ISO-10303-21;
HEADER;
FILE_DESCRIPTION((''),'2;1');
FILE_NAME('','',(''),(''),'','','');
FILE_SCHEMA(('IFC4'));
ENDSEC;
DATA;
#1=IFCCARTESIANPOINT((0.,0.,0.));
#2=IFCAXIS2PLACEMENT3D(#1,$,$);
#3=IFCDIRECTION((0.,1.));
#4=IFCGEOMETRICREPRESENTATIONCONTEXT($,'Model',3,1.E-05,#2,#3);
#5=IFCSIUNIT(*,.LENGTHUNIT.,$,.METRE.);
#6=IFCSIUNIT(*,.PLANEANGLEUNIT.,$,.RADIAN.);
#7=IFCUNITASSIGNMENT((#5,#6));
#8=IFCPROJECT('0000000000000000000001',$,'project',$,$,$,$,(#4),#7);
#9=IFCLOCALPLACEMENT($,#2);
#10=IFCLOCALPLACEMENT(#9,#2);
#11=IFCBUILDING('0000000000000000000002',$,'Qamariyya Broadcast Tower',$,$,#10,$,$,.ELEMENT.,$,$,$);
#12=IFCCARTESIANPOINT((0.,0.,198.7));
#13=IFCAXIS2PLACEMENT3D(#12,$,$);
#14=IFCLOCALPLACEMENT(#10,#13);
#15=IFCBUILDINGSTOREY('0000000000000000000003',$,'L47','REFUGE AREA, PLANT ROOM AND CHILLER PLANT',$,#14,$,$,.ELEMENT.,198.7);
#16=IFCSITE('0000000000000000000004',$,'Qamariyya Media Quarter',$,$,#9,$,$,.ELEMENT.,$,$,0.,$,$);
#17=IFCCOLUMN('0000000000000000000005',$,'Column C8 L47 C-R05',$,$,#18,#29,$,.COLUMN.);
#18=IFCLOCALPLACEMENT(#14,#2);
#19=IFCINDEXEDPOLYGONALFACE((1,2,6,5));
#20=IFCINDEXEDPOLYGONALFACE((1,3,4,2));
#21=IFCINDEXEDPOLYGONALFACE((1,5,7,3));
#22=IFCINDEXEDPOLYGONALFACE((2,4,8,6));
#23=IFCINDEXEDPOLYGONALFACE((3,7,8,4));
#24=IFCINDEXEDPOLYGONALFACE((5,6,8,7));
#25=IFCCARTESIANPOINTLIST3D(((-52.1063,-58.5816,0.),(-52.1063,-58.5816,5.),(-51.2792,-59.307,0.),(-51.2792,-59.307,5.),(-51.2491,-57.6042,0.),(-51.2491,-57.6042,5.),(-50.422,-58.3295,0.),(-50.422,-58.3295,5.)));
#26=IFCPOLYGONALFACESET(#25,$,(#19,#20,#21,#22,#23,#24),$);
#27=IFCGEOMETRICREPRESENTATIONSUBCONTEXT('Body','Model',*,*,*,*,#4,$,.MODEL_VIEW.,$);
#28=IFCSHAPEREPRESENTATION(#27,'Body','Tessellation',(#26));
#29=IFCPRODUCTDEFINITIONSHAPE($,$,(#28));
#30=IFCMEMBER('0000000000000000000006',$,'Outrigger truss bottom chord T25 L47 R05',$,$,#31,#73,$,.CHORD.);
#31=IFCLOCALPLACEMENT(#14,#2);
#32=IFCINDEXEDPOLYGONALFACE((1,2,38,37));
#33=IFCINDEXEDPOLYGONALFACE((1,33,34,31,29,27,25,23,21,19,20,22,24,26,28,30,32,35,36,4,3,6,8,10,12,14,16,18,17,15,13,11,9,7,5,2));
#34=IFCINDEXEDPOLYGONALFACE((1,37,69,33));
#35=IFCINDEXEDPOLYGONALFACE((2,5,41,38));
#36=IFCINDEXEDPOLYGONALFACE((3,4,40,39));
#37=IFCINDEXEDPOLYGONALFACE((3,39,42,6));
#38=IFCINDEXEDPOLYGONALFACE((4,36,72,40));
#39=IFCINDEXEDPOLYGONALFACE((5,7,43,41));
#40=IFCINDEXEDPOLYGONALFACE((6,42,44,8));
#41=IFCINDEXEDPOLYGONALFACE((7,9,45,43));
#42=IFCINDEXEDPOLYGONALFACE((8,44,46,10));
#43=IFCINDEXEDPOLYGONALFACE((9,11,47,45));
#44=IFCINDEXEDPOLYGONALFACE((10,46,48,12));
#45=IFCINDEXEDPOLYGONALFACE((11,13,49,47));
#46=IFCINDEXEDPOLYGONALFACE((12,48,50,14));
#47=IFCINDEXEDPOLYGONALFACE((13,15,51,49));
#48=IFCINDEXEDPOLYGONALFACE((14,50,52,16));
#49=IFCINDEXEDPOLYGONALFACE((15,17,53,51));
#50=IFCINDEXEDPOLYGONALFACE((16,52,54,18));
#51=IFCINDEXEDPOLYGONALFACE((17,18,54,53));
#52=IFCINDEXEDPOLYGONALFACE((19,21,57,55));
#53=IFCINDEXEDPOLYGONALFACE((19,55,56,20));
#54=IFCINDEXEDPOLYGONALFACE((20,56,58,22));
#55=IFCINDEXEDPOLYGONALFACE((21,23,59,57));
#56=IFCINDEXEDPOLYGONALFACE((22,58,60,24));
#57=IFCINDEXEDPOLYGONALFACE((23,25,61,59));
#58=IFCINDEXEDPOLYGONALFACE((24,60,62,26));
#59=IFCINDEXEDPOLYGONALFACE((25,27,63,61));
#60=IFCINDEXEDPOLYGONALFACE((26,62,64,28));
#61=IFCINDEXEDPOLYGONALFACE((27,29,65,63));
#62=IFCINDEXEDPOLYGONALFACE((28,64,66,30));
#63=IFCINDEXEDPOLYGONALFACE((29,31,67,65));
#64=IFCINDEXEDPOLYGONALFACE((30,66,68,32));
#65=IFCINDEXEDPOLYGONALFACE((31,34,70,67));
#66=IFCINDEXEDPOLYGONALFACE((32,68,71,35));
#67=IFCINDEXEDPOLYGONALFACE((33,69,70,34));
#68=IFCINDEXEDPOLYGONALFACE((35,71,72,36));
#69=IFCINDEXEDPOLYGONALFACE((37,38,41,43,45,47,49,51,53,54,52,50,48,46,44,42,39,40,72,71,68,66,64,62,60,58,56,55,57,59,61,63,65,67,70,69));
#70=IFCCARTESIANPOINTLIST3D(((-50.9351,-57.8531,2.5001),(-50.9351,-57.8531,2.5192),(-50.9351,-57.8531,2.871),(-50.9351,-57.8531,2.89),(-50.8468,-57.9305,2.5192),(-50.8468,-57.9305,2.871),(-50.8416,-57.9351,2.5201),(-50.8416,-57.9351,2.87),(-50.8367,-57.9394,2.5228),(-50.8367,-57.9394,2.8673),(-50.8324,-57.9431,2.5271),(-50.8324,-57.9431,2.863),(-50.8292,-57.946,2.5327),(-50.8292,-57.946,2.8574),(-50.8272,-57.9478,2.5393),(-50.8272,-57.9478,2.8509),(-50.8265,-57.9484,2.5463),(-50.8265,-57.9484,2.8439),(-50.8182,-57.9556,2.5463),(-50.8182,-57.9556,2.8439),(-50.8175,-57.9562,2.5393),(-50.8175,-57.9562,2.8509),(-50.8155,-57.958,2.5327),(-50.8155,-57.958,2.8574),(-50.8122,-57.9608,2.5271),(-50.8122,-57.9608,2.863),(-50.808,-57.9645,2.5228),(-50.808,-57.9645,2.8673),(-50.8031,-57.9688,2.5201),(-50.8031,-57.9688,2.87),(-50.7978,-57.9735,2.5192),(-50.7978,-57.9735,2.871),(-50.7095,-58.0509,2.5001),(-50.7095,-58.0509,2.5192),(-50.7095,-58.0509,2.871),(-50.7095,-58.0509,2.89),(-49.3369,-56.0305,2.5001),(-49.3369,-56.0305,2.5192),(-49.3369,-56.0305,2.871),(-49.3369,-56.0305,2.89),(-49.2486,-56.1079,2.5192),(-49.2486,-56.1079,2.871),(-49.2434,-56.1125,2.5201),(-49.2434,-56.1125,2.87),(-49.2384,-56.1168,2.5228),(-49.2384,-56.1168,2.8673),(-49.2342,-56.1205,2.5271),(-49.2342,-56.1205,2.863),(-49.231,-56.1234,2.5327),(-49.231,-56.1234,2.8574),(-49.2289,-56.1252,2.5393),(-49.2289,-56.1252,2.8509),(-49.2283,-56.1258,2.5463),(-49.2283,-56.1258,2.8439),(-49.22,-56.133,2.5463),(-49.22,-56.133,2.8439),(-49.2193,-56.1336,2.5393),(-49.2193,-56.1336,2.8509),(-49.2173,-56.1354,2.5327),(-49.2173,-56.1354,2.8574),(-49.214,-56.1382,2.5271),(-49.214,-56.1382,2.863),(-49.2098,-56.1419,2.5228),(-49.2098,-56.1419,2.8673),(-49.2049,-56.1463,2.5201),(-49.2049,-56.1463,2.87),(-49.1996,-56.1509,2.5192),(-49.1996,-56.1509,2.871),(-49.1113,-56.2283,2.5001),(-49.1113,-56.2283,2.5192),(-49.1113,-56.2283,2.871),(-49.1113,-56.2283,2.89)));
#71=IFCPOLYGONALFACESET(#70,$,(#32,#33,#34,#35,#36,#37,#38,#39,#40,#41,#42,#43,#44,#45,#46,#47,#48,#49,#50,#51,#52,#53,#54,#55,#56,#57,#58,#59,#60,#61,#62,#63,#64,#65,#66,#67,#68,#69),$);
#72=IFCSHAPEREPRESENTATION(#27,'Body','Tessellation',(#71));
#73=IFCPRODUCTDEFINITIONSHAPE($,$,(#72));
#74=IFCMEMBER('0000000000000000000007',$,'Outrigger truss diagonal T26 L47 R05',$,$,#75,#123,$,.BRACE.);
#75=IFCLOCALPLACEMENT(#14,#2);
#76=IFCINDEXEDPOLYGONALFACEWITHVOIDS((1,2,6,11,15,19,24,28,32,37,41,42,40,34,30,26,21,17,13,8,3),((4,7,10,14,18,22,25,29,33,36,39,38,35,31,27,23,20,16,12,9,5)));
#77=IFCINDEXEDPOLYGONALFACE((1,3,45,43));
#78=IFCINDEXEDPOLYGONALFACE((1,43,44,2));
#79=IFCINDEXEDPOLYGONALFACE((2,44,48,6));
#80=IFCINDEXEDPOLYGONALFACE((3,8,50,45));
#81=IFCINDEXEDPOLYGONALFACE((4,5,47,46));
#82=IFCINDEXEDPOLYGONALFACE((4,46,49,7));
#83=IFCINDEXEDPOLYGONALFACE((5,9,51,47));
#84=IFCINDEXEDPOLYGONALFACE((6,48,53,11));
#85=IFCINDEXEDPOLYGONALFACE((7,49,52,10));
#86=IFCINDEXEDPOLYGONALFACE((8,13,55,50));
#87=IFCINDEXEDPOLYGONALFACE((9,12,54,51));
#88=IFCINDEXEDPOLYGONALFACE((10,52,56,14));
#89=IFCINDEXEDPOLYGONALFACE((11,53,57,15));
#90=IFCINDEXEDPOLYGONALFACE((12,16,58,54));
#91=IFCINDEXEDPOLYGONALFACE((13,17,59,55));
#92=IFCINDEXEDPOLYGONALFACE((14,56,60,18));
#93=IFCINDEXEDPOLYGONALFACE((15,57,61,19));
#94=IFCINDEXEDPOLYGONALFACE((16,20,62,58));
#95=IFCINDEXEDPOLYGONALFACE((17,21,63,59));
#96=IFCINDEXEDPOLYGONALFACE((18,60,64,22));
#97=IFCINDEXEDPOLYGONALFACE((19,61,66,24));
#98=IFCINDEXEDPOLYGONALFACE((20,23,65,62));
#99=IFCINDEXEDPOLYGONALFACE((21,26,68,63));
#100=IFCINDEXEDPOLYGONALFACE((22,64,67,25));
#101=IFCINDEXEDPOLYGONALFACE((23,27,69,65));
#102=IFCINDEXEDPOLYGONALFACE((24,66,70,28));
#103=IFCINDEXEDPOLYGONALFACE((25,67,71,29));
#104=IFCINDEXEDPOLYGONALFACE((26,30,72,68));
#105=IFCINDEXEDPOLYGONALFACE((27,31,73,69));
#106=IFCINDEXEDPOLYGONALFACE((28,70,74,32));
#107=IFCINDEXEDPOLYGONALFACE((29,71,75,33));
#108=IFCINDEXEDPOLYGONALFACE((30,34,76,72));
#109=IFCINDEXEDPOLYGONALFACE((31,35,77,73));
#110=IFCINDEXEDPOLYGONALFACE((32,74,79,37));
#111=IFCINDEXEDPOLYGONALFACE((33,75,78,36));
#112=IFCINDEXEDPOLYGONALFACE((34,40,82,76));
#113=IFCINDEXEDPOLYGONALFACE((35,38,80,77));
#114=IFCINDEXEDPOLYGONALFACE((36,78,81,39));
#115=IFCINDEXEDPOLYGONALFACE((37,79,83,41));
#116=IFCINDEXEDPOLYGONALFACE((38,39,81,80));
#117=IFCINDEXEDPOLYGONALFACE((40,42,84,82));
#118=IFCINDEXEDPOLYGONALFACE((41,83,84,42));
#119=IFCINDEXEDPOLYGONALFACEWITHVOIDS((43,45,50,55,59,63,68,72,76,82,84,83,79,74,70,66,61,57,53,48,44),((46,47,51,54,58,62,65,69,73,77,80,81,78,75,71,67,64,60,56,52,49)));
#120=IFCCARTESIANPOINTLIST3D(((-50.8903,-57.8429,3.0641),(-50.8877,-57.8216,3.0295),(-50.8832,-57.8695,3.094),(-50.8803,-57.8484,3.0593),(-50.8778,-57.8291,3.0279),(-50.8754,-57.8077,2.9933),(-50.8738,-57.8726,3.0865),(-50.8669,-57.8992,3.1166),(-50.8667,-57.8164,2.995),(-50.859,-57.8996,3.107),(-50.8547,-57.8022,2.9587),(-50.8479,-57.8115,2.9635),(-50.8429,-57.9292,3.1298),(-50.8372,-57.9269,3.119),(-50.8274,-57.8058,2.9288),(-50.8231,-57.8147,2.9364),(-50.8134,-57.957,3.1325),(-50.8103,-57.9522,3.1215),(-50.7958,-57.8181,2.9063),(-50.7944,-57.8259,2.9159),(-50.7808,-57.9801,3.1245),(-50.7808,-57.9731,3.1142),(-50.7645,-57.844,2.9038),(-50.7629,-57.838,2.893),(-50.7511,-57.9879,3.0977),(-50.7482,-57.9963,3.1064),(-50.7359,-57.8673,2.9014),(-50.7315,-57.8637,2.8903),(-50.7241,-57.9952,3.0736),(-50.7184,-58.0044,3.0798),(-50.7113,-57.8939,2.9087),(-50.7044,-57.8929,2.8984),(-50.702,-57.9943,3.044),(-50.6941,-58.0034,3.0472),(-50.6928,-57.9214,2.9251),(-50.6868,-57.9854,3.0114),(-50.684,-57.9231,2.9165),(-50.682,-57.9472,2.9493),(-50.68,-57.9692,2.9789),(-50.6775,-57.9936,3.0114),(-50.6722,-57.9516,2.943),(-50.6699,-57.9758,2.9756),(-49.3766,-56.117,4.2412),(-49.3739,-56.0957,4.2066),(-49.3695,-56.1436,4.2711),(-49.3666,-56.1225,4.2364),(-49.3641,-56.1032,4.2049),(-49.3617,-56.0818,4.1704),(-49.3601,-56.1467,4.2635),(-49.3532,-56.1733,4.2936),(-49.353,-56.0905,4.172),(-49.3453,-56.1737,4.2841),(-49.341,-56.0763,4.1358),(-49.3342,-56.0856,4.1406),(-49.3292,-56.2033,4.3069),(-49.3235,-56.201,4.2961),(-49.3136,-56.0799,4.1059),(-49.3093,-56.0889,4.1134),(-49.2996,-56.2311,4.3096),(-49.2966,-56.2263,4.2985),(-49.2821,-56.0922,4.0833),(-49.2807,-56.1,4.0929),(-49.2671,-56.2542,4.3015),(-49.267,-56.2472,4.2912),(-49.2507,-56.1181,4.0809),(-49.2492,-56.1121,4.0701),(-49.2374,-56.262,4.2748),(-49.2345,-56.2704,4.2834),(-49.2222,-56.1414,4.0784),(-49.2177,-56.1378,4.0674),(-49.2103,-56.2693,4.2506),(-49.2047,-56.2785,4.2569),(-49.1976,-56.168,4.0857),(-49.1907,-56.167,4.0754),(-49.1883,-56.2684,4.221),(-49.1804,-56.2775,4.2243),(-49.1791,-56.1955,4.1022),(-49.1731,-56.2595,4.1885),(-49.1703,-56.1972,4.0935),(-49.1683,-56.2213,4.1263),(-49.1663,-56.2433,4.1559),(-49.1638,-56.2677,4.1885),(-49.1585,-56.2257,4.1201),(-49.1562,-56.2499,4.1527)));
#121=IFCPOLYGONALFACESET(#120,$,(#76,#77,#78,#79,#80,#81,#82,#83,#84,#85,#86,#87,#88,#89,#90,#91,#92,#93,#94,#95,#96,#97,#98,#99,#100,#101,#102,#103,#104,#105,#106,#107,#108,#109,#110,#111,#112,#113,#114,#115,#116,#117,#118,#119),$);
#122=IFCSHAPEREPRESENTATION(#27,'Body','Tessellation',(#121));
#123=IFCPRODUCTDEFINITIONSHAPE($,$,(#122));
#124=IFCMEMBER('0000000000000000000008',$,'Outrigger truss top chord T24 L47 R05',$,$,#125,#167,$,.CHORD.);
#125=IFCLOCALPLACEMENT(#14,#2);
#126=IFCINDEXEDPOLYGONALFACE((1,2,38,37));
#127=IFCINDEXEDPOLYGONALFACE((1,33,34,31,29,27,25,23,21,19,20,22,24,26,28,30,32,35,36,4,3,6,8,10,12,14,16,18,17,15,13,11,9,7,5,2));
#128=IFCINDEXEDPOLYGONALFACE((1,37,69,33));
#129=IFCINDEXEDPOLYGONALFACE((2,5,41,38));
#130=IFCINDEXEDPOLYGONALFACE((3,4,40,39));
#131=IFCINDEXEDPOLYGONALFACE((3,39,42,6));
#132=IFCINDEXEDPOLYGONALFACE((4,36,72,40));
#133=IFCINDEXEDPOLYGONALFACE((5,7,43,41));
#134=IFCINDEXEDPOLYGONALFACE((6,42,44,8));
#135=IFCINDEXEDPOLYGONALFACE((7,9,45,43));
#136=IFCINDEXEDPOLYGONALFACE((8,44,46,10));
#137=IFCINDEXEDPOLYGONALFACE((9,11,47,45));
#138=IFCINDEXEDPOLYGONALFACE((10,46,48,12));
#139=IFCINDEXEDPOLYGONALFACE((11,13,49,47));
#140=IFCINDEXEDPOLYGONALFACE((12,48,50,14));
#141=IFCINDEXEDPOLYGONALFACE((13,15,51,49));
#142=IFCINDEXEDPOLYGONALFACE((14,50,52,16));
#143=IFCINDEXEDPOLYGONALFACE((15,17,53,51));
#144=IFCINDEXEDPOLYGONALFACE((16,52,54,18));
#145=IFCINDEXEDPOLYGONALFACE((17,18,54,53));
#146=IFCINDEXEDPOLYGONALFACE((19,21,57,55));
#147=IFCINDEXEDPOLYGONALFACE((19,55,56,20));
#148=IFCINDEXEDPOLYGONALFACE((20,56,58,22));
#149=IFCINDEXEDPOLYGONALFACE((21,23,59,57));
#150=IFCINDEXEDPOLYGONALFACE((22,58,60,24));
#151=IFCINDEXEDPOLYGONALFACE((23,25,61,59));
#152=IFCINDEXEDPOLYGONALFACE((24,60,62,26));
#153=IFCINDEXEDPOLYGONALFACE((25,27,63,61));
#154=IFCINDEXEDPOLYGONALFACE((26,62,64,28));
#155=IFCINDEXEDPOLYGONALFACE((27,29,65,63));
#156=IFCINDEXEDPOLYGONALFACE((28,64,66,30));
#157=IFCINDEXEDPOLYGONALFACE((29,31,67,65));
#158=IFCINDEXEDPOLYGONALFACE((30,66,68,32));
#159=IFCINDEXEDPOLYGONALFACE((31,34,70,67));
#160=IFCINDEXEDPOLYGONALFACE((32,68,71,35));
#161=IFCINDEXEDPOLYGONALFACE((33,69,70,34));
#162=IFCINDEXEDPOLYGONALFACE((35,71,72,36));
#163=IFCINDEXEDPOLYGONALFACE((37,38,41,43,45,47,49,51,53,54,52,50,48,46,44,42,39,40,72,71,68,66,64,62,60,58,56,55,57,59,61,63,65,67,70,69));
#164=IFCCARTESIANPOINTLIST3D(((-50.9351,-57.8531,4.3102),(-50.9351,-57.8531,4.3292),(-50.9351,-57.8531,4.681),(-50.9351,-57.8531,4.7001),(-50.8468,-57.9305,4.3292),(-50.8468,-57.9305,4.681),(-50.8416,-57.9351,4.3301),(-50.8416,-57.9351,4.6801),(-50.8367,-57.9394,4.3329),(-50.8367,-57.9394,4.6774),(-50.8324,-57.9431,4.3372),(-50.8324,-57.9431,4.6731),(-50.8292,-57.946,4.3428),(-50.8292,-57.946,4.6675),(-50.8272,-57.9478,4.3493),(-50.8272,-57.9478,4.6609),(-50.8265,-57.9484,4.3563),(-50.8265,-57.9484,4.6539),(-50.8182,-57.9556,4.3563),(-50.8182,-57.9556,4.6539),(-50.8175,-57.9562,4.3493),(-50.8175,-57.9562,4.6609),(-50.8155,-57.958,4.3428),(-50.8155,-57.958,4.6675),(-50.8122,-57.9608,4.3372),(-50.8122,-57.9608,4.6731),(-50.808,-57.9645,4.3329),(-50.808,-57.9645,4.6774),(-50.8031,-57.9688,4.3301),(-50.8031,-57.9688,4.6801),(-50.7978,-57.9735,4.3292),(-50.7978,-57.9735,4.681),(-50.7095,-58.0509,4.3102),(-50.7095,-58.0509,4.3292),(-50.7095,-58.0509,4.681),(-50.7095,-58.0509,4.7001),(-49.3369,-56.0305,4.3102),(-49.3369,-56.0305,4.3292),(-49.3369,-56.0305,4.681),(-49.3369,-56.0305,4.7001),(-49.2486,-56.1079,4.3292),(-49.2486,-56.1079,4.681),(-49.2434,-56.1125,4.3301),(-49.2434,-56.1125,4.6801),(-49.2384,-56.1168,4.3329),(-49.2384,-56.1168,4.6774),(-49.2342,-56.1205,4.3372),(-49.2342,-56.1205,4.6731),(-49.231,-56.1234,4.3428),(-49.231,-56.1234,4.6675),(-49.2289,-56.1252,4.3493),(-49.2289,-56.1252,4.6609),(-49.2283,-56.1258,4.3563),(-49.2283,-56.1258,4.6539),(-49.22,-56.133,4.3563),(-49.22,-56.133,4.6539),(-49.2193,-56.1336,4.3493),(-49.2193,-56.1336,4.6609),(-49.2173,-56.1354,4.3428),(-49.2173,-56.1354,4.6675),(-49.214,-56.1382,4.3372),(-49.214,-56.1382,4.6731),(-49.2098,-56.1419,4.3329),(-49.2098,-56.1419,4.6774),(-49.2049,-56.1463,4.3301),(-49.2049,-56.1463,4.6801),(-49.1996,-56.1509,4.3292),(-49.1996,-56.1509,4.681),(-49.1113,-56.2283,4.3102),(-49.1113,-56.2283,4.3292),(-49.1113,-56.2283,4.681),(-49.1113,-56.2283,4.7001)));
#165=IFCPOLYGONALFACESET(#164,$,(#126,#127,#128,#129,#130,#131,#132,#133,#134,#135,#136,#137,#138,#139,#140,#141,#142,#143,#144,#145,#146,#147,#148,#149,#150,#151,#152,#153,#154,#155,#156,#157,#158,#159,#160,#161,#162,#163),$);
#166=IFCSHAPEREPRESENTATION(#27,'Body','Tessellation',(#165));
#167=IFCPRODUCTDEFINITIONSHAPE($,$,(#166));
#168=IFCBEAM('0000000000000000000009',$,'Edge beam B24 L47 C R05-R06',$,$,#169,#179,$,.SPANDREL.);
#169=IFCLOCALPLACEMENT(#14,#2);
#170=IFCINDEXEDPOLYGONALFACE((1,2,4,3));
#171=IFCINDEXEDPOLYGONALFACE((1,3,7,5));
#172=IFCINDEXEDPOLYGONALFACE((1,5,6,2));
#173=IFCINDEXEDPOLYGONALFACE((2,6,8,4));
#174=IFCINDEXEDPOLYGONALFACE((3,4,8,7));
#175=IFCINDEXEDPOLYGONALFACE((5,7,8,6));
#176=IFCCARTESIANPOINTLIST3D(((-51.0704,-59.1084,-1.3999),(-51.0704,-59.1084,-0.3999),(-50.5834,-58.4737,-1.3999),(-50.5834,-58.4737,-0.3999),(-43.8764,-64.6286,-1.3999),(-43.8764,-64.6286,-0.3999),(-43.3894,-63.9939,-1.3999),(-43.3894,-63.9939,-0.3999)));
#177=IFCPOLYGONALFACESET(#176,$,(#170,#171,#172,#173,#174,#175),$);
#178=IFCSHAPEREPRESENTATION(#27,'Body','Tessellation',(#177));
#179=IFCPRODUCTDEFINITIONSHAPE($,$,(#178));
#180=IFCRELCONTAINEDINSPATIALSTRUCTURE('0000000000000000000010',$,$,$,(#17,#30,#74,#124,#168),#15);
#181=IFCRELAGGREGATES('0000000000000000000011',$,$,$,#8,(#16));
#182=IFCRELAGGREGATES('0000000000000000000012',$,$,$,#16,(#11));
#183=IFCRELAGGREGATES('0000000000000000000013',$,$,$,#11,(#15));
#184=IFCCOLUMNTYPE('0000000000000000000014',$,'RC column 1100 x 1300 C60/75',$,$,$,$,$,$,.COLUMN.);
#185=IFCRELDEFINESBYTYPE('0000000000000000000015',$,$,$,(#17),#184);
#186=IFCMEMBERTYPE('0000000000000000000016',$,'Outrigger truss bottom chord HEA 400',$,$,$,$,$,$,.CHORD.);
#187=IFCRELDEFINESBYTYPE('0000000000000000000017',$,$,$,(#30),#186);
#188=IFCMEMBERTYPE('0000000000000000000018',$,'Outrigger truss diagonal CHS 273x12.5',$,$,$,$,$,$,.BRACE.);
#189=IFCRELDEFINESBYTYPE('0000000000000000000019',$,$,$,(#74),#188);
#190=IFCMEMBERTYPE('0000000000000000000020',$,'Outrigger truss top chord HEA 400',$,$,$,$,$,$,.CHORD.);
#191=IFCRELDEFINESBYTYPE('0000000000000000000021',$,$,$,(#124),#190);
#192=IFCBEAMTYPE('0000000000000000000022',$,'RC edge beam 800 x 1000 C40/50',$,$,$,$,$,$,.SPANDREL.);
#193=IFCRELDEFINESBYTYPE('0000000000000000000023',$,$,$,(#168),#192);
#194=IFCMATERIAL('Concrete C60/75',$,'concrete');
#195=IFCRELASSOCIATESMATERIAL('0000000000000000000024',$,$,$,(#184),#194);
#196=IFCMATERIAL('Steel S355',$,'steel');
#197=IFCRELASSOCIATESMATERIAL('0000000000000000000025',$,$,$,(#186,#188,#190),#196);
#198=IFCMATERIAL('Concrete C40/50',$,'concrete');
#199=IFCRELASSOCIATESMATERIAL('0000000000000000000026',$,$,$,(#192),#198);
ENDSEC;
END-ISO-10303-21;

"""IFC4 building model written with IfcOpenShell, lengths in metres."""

from ifc_helpers import new_model, si_unit, direction, frame, origin, origin_2d, place, context, subcontext, project, spatial, rectangle, hollow_circle, i_section, extrude, material, material_profile, profile_set, type_object, element, save


model = new_model("IFC4")

# Units and contexts
model_context = context("Model", 3, precision=1e-05, world=origin(), true_north=direction((0.0, 1.0)))
body_context = subcontext(model_context, "Body", "Model", "MODEL_VIEW")
ifc_project = project(units=[si_unit("LENGTHUNIT", "METRE"), si_unit("PLANEANGLEUNIT", "RADIAN")], contexts=[model_context])

# Site, building, storey
site_placement = place(None, origin())
site = spatial("IfcSite", under=ifc_project, at=site_placement, Name="Qamariyya Media Quarter", CompositionType="ELEMENT", RefElevation=0.0)
building_placement = place(site_placement, origin())
building = spatial("IfcBuilding", under=site, at=building_placement, Name="Qamariyya Broadcast Tower", CompositionType="ELEMENT")
storey_placement = place(building_placement, frame((0.0, 0.0, 198.7)))
storey = spatial("IfcBuildingStorey", under=building, at=storey_placement, Name="L47", Description="REFUGE AREA, PLANT ROOM AND CHILLER PLANT", CompositionType="ELEMENT", Elevation=198.7)

# Column
ifc_material_1 = material(Name="Concrete C60/75", Category="concrete")
ifc_material_profile_1 = material_profile(ifc_material_1, rectangle(XDim=1.1001, YDim=1.3, at=origin_2d()))
ifc_profile_set_1 = profile_set([ifc_material_profile_1], Name="Concrete C60/75")
column_type = type_object("IfcColumnType", Name="RC column 1100 x 1300 C60/75", PredefinedType="COLUMN", material=ifc_profile_set_1)
column_placement = place(storey_placement, frame((-51.2642, -58.4556, 0.0), z_axis=(0.0, 0.0, 1.0), x_axis=(0.75184, -0.659346, 0.0)))
element("IfcColumn", 1, at=column_placement, inside=storey, type_object=column_type, Name="Column C8 L47 C-R05", PredefinedType="COLUMN", context=body_context, shape_type="SweptSolid", body=[
    extrude(rectangle(XDim=1.1001, YDim=1.3, at=origin_2d()), origin(), (0.0, 0.0, 1.0), 5.0),
])

# Members
ifc_material_2 = material(Name="Steel S355", Category="steel")
ifc_material_profile_2 = material_profile(ifc_material_2, i_section(OverallWidth=0.3, OverallDepth=0.3899, WebThickness=0.011, FlangeThickness=0.019, FilletRadius=0.0271, at=origin_2d()))
ifc_profile_set_2 = profile_set([ifc_material_profile_2], Name="Steel S355")
member_type_1 = type_object("IfcMemberType", Name="Outrigger truss bottom chord HEA 400", PredefinedType="CHORD", material=ifc_profile_set_2)
member_1_placement = place(storey_placement, frame((-49.2241, -56.1294, 2.6951), z_axis=(-0.65931, -0.751871, 0.0), x_axis=(0.751871, -0.65931, 0.0)))
element("IfcMember", 2, at=member_1_placement, inside=storey, type_object=member_type_1, Name="Outrigger truss bottom chord T25 L47 R05", PredefinedType="CHORD", context=body_context, shape_type="SweptSolid", body=[
    extrude(i_section(OverallWidth=0.3, OverallDepth=0.3899, WebThickness=0.011, FlangeThickness=0.019, FilletRadius=0.0271, at=origin_2d()), origin(), (0.0, 0.0, 1.0), 2.4241),
])
ifc_material_profile_3 = material_profile(ifc_material_2, hollow_circle(Radius=0.1365, WallThickness=0.0125, at=origin_2d()))
ifc_profile_set_3 = profile_set([ifc_material_profile_3], Name="Steel S355")
member_type_2 = type_object("IfcMemberType", Name="Outrigger truss diagonal CHS 273x12.5", PredefinedType="BRACE", material=ifc_profile_set_3)
member_2_placement = place(storey_placement, frame((-49.2664, -56.1777, 4.1885), z_axis=(-0.586755, -0.668995, -0.456249), x_axis=(0.751805, -0.659385, 0.0)))
element("IfcMember", 3, at=member_2_placement, inside=storey, type_object=member_type_2, Name="Outrigger truss diagonal T26 L47 R05", PredefinedType="BRACE", context=body_context, shape_type="SweptSolid", body=[
    extrude(hollow_circle(Radius=0.1365, WallThickness=0.0125, at=origin_2d()), origin(), (0.0, 0.0, 1.0), 2.5798),
])
ifc_material_profile_4 = material_profile(ifc_material_2, i_section(OverallWidth=0.3, OverallDepth=0.3899, WebThickness=0.011, FlangeThickness=0.019, FilletRadius=0.0271, at=origin_2d()))
ifc_profile_set_4 = profile_set([ifc_material_profile_4], Name="Steel S355")
member_type_3 = type_object("IfcMemberType", Name="Outrigger truss top chord HEA 400", PredefinedType="CHORD", material=ifc_profile_set_4)
member_3_placement = place(storey_placement, frame((-49.2241, -56.1294, 4.5051), z_axis=(-0.65931, -0.751871, 0.0), x_axis=(0.751871, -0.65931, 0.0)))
element("IfcMember", 4, at=member_3_placement, inside=storey, type_object=member_type_3, Name="Outrigger truss top chord T24 L47 R05", PredefinedType="CHORD", context=body_context, shape_type="SweptSolid", body=[
    extrude(i_section(OverallWidth=0.3, OverallDepth=0.3899, WebThickness=0.011, FlangeThickness=0.019, FilletRadius=0.0271, at=origin_2d()), origin(), (0.0, 0.0, 1.0), 2.4241),
])

# Beam
ifc_material_3 = material(Name="Concrete C40/50", Category="concrete")
ifc_material_profile_5 = material_profile(ifc_material_3, rectangle(XDim=0.8, YDim=1.0, at=origin_2d()))
ifc_profile_set_5 = profile_set([ifc_material_profile_5], Name="Concrete C40/50")
beam_type_1 = type_object("IfcBeamType", Name="RC edge beam 800 x 1000 C40/50", PredefinedType="SPANDREL", material=ifc_profile_set_5)
beam_1_placement = place(storey_placement, frame((-50.8269, -58.791, -0.8999), z_axis=(0.793351, -0.608764, 0.0), x_axis=(0.608764, 0.793351, 0.0)))
element("IfcBeam", 5, at=beam_1_placement, inside=storey, type_object=beam_type_1, Name="Edge beam B24 L47 C R05-R06", PredefinedType="SPANDREL", context=body_context, shape_type="SweptSolid", body=[
    extrude(rectangle(XDim=0.8, YDim=1.0, at=origin_2d()), origin(), (0.0, 0.0, 1.0), 9.0679),
])

save(model, "model.ifc")
